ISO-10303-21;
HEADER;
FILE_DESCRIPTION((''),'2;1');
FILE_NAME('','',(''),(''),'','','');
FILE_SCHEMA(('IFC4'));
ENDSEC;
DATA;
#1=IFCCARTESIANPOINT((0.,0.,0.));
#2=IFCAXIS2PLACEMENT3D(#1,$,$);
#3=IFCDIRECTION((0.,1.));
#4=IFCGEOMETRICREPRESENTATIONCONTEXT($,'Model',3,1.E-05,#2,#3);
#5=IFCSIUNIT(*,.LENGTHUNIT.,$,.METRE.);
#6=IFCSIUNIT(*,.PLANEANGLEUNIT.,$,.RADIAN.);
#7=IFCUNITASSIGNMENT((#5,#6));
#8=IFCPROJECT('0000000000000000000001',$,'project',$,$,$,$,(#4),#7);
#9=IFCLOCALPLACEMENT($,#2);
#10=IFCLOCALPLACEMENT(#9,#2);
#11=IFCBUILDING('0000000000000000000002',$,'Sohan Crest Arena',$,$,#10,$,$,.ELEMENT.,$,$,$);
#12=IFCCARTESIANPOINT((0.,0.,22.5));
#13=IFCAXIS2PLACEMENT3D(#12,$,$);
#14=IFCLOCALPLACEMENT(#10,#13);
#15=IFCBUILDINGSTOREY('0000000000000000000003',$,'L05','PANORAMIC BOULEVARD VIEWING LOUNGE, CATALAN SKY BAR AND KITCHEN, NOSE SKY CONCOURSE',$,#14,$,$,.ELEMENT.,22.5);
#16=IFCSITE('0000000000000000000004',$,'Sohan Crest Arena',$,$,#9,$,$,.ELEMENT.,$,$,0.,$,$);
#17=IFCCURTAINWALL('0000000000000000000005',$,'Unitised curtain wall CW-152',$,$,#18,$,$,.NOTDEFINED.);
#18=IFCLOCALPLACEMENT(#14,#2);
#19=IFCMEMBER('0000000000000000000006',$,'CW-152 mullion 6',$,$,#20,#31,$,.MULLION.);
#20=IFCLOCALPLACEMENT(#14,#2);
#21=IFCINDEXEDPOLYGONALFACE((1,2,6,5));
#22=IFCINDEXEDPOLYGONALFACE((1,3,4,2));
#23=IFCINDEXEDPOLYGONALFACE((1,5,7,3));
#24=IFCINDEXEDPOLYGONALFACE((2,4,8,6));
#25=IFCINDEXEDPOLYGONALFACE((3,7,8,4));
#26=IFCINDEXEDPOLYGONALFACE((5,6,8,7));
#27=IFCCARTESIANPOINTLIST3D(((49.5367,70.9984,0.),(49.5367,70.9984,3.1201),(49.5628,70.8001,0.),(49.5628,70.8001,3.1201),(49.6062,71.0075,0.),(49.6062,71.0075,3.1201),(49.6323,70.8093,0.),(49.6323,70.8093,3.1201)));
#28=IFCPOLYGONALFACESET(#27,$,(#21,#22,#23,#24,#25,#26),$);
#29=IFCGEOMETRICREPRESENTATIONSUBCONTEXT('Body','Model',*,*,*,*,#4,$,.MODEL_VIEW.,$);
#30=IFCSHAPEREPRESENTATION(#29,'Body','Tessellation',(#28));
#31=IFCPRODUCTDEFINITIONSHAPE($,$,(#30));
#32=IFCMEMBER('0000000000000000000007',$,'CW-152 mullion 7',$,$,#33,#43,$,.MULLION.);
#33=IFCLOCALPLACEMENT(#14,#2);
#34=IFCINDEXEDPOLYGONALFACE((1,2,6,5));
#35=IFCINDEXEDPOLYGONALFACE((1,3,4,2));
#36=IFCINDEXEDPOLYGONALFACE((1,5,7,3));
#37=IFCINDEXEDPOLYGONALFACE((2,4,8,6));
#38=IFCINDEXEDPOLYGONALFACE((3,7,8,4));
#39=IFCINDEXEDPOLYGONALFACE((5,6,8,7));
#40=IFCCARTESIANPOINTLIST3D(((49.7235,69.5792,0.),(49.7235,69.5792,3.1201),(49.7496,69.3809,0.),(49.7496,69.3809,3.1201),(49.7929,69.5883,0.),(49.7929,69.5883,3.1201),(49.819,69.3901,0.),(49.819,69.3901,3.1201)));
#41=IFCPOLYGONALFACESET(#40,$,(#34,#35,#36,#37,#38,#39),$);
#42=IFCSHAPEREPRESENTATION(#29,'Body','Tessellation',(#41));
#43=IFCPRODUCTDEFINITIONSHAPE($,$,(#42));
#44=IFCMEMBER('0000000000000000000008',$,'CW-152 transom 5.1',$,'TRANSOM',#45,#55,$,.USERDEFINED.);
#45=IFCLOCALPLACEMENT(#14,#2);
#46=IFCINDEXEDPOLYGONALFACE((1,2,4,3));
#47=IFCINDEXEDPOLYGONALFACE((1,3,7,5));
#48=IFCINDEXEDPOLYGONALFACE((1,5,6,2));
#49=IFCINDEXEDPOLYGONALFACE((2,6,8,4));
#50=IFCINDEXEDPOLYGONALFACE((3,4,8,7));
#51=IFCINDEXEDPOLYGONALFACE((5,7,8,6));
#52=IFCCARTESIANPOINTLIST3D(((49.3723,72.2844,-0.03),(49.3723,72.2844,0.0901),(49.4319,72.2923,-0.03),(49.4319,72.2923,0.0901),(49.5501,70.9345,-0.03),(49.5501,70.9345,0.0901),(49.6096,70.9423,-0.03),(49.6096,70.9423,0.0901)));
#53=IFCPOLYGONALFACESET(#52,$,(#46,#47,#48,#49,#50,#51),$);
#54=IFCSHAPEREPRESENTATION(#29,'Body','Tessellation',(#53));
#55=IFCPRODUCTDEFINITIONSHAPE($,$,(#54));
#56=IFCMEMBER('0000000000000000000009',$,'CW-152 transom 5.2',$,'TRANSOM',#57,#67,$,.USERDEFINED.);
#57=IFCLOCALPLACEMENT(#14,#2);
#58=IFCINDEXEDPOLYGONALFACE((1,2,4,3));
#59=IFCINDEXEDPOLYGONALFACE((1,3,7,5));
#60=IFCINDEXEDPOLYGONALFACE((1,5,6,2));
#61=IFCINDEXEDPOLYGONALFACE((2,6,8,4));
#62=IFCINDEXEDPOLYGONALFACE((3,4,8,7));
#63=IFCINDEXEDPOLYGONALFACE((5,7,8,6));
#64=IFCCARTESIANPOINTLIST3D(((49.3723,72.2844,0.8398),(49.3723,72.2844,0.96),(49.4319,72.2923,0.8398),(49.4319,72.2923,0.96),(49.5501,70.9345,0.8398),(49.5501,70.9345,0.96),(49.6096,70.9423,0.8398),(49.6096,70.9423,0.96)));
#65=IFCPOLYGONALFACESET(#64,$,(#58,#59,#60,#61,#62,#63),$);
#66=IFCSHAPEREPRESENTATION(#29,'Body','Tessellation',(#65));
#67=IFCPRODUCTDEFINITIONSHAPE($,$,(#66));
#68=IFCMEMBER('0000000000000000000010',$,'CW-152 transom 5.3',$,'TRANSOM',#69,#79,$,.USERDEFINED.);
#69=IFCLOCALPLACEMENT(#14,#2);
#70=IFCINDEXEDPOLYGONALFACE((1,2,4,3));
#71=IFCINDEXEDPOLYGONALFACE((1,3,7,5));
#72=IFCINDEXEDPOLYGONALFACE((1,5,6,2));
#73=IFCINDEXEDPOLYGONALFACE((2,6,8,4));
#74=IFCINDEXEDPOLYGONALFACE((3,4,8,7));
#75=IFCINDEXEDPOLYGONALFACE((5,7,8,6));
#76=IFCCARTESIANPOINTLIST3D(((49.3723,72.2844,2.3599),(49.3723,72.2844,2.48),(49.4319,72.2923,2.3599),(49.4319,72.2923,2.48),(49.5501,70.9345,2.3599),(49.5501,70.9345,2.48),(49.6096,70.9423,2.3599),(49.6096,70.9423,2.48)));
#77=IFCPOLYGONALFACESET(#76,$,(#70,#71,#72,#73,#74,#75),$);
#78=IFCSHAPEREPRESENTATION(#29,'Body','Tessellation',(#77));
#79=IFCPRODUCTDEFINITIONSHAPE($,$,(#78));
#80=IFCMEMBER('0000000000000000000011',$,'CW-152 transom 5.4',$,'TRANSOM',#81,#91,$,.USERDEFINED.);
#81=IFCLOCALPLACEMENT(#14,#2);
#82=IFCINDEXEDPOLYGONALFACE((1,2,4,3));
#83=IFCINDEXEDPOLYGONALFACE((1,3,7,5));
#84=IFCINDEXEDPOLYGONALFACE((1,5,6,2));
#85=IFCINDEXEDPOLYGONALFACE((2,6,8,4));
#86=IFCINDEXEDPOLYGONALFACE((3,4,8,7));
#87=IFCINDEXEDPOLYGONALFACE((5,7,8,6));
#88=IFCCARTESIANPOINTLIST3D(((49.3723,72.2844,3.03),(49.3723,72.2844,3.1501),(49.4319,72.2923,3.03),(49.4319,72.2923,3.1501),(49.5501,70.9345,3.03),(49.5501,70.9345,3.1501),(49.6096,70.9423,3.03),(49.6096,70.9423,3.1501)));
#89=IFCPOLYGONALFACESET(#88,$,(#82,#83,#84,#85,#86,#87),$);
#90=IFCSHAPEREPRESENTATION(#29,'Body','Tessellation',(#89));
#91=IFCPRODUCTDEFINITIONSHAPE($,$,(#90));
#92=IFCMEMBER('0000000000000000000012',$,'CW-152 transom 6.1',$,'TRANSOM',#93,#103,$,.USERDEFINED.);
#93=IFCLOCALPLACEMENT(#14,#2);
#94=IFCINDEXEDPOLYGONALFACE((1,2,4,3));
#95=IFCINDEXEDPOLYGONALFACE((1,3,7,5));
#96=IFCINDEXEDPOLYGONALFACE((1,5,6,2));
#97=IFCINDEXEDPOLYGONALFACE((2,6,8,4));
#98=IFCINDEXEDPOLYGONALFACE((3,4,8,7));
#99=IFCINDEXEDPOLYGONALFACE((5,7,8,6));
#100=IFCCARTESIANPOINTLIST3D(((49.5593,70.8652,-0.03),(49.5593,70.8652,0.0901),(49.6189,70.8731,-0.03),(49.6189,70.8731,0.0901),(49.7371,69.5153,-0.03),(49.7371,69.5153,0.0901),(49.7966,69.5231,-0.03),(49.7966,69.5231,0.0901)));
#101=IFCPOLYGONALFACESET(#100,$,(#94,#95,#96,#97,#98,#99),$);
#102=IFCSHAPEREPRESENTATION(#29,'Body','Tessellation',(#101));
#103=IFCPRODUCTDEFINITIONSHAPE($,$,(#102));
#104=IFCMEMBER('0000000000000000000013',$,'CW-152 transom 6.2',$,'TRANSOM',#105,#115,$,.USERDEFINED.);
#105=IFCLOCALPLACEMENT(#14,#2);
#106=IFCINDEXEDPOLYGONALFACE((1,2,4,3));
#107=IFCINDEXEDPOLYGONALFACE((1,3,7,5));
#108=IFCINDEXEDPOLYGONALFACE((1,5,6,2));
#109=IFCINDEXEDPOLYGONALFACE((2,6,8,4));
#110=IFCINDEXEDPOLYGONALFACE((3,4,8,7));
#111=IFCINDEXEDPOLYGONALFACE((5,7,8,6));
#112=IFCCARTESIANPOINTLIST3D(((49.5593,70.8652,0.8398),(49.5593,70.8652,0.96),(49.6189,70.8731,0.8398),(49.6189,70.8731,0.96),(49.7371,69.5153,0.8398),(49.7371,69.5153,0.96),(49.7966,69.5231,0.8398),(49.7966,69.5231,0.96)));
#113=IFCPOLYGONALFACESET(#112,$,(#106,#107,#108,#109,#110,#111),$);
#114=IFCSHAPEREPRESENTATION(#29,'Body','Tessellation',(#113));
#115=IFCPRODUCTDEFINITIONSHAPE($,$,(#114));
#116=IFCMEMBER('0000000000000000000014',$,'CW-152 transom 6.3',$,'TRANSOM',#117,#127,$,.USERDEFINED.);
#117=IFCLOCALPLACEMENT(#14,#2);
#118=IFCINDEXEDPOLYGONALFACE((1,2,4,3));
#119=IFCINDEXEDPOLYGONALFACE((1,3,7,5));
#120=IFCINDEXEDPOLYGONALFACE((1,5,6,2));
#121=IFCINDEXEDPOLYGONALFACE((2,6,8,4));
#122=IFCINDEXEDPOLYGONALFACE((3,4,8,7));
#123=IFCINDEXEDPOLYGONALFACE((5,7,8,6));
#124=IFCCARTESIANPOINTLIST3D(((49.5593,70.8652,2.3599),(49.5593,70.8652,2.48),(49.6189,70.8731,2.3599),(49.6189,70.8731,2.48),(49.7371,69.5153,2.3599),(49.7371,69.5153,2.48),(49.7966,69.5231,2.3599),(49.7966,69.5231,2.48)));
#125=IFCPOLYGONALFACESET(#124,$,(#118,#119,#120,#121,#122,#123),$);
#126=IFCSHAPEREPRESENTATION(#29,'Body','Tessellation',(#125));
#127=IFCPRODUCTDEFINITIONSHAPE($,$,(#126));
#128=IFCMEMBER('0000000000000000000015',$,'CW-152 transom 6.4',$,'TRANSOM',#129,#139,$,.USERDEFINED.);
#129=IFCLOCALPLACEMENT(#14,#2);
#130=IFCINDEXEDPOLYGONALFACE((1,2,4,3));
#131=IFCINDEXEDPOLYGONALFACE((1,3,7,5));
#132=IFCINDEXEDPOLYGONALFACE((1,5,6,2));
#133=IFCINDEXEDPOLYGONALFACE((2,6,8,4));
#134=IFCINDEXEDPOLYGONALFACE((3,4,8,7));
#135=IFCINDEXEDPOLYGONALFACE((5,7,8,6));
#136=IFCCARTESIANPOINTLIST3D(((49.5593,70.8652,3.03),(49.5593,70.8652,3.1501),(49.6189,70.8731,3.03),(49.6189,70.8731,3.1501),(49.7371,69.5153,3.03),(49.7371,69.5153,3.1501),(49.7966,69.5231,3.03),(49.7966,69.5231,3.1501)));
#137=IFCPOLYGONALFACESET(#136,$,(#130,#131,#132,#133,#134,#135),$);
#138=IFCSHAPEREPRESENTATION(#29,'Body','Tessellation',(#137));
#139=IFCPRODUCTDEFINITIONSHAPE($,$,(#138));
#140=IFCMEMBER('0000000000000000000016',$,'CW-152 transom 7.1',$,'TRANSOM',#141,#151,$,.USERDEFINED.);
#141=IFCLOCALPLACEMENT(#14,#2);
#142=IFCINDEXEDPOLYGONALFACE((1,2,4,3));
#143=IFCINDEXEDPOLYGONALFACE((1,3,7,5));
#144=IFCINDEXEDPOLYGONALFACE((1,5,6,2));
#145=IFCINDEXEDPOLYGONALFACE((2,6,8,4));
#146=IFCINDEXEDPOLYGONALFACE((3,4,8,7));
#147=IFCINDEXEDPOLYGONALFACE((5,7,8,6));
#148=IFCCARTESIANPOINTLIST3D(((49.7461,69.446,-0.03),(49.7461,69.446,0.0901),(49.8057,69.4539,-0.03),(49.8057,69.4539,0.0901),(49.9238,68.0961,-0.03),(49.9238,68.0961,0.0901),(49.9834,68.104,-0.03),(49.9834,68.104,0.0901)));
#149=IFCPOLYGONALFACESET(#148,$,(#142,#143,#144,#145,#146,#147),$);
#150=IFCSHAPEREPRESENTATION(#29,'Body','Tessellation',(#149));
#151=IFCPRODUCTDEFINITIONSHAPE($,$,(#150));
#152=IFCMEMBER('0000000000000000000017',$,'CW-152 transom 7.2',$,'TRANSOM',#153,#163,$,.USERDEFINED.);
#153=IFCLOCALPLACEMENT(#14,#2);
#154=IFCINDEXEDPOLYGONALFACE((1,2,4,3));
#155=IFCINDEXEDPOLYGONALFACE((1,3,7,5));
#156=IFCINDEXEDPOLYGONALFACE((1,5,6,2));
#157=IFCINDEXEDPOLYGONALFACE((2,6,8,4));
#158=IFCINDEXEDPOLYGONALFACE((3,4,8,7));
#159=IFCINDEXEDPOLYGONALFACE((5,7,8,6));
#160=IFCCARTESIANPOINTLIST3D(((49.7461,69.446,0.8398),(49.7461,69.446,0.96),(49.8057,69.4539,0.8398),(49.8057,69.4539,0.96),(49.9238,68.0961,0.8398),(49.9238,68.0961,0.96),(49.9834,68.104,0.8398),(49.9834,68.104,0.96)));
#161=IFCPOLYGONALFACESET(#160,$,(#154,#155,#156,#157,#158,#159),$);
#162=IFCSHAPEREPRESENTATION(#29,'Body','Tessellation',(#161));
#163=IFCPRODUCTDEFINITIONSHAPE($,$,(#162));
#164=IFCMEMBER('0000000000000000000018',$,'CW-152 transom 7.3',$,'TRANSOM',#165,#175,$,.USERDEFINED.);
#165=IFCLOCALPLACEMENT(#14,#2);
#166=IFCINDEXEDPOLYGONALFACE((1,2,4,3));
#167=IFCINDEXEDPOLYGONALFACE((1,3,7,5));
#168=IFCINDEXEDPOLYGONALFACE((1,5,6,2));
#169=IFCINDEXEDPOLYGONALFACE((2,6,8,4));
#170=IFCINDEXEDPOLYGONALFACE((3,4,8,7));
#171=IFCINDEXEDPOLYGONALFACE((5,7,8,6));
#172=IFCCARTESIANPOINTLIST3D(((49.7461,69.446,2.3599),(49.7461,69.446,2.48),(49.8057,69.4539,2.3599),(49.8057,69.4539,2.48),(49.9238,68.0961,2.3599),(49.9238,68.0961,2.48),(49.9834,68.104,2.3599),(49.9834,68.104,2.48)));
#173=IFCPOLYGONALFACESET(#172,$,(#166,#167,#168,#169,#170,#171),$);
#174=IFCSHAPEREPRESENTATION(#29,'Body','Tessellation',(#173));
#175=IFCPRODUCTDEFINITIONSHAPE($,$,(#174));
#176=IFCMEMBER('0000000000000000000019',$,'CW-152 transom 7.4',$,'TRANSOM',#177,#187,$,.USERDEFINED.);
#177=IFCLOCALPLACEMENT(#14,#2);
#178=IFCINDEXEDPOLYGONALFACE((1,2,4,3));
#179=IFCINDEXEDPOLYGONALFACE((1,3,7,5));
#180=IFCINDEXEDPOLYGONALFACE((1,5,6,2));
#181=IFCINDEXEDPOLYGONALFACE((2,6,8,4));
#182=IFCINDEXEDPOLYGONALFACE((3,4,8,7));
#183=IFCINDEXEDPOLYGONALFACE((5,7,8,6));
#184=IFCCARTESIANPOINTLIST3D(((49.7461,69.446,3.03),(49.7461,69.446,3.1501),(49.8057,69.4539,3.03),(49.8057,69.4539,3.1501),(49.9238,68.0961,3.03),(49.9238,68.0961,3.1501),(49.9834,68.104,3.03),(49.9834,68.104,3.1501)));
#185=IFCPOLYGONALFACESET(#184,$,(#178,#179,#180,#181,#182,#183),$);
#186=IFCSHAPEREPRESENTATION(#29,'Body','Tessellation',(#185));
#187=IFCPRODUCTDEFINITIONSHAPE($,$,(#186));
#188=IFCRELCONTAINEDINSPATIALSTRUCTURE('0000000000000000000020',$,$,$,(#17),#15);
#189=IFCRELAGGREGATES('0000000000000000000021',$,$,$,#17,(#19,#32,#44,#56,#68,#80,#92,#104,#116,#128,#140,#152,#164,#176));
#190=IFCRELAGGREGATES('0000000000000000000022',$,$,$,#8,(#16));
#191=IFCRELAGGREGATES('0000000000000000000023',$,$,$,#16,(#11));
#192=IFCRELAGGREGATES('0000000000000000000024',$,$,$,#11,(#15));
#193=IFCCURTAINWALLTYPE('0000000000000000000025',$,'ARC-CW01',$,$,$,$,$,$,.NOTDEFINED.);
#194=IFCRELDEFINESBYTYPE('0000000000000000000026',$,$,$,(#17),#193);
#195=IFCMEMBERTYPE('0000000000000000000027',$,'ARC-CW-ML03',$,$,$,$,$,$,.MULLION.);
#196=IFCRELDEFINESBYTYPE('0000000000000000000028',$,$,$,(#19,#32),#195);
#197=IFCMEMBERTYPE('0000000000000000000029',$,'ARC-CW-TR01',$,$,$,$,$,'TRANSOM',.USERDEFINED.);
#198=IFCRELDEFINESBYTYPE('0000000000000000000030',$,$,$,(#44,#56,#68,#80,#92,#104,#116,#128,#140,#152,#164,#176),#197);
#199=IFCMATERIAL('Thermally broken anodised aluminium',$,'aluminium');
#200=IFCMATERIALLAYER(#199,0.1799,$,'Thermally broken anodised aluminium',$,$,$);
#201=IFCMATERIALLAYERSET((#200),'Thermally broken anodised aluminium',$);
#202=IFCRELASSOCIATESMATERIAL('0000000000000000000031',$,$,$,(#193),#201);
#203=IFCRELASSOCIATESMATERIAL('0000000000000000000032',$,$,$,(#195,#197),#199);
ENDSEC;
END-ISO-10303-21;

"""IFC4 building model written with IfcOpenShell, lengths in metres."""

from ifc_helpers import new_model, si_unit, direction, frame, origin, origin_2d, place, context, subcontext, project, spatial, rectangle, extrude, material, layer, layer_set, material_profile, profile_set, type_object, element, aggregate, save


model = new_model("IFC4")

# Units and contexts
model_context = context("Model", 3, precision=1e-05, world=origin(), true_north=direction((0.0, 1.0)))
body_context = subcontext(model_context, "Body", "Model", "MODEL_VIEW")
ifc_project = project(units=[si_unit("LENGTHUNIT", "METRE"), si_unit("PLANEANGLEUNIT", "RADIAN")], contexts=[model_context])

# Site, building, storey
site_placement = place(None, origin())
site = spatial("IfcSite", under=ifc_project, at=site_placement, Name="Sohan Crest Arena", CompositionType="ELEMENT", RefElevation=0.0)
building_placement = place(site_placement, origin())
building = spatial("IfcBuilding", under=site, at=building_placement, Name="Sohan Crest Arena", CompositionType="ELEMENT")
storey_placement = place(building_placement, frame((0.0, 0.0, 22.5)))
storey = spatial("IfcBuildingStorey", under=building, at=storey_placement, Name="L05", Description="PANORAMIC BOULEVARD VIEWING LOUNGE, CATALAN SKY BAR AND KITCHEN, NOSE SKY CONCOURSE", CompositionType="ELEMENT", Elevation=22.5)

# Curtain wall, members
ifc_material_1 = material(Name="Thermally broken anodised aluminium", Category="aluminium")
ifc_layer_1 = layer(ifc_material_1, 0.1799, Name="Thermally broken anodised aluminium")
ifc_layer_set_1 = layer_set([ifc_layer_1], Name="Thermally broken anodised aluminium")
curtain_wall_type = type_object("IfcCurtainWallType", Name="ARC-CW01", PredefinedType="NOTDEFINED", material=ifc_layer_set_1)
curtain_wall_placement = place(storey_placement, origin())
curtain_wall = element("IfcCurtainWall", 1, at=curtain_wall_placement, inside=storey, type_object=curtain_wall_type, Name="Unitised curtain wall CW-152", PredefinedType="NOTDEFINED")
ifc_material_profile_1 = material_profile(ifc_material_1, rectangle(XDim=0.0701, YDim=0.2, at=origin_2d()), Name="ALU-MULL 70x200")
ifc_profile_set_1 = profile_set([ifc_material_profile_1], Name="Thermally broken anodised aluminium")
member_type_1 = type_object("IfcMemberType", Name="ARC-CW-ML03", PredefinedType="MULLION", material=ifc_profile_set_1)
member_1_placement = place(storey_placement, frame((49.5845, 70.9038, 0.0), z_axis=(0.0, 0.0, 1.0), x_axis=(0.991441, 0.130557, 0.0)))
member_1 = element("IfcMember", 2, at=member_1_placement, type_object=member_type_1, Name="CW-152 mullion 6", PredefinedType="MULLION", context=body_context, shape_type="SweptSolid", body=[
    extrude(rectangle(XDim=0.0701, YDim=0.2, at=origin_2d()), origin(), (0.0, 0.0, 1.0), 3.1201),
])
member_2_placement = place(storey_placement, frame((49.7712, 69.4846, 0.0), z_axis=(0.0, 0.0, 1.0), x_axis=(0.991441, 0.130557, 0.0)))
member_2 = element("IfcMember", 3, at=member_2_placement, type_object=member_type_1, Name="CW-152 mullion 7", PredefinedType="MULLION", context=body_context, shape_type="SweptSolid", body=[
    extrude(rectangle(XDim=0.0701, YDim=0.2, at=origin_2d()), origin(), (0.0, 0.0, 1.0), 3.1201),
])
ifc_material_profile_2 = material_profile(ifc_material_1, rectangle(XDim=0.0601, YDim=0.1201, at=origin_2d()), Name="ALU-TRAN 60x120")
ifc_profile_set_2 = profile_set([ifc_material_profile_2], Name="Thermally broken anodised aluminium")
member_type_2 = type_object("IfcMemberType", Name="ARC-CW-TR01", ElementType="TRANSOM", PredefinedType="USERDEFINED", material=ifc_profile_set_2)
member_3_placement = place(storey_placement, frame((49.4021, 72.2883, 0.03), z_axis=(0.130543, -0.991443, 0.0), x_axis=(0.991443, 0.130543, 0.0)))
member_3 = element("IfcMember", 4, at=member_3_placement, type_object=member_type_2, Name="CW-152 transom 5.1", ObjectType="TRANSOM", PredefinedType="USERDEFINED", context=body_context, shape_type="SweptSolid", body=[
    extrude(rectangle(XDim=0.0601, YDim=0.1201, at=origin_2d()), origin(), (0.0, 0.0, 1.0), 1.3616),
])
member_4_placement = place(storey_placement, frame((49.4021, 72.2883, 0.8999), z_axis=(0.130543, -0.991443, 0.0), x_axis=(0.991443, 0.130543, 0.0)))
member_4 = element("IfcMember", 5, at=member_4_placement, type_object=member_type_2, Name="CW-152 transom 5.2", ObjectType="TRANSOM", PredefinedType="USERDEFINED", context=body_context, shape_type="SweptSolid", body=[
    extrude(rectangle(XDim=0.0601, YDim=0.1201, at=origin_2d()), origin(), (0.0, 0.0, 1.0), 1.3616),
])
member_5_placement = place(storey_placement, frame((49.4021, 72.2883, 2.4199), z_axis=(0.130543, -0.991443, 0.0), x_axis=(0.991443, 0.130543, 0.0)))
member_5 = element("IfcMember", 6, at=member_5_placement, type_object=member_type_2, Name="CW-152 transom 5.3", ObjectType="TRANSOM", PredefinedType="USERDEFINED", context=body_context, shape_type="SweptSolid", body=[
    extrude(rectangle(XDim=0.0601, YDim=0.1201, at=origin_2d()), origin(), (0.0, 0.0, 1.0), 1.3616),
])
member_6_placement = place(storey_placement, frame((49.4021, 72.2883, 3.0901), z_axis=(0.130543, -0.991443, 0.0), x_axis=(0.991443, 0.130543, 0.0)))
member_6 = element("IfcMember", 7, at=member_6_placement, type_object=member_type_2, Name="CW-152 transom 5.4", ObjectType="TRANSOM", PredefinedType="USERDEFINED", context=body_context, shape_type="SweptSolid", body=[
    extrude(rectangle(XDim=0.0601, YDim=0.1201, at=origin_2d()), origin(), (0.0, 0.0, 1.0), 1.3616),
])
member_7_placement = place(storey_placement, frame((49.5891, 70.8691, 0.03), z_axis=(0.130543, -0.991443, 0.0), x_axis=(0.991443, 0.130543, 0.0)))
member_7 = element("IfcMember", 8, at=member_7_placement, type_object=member_type_2, Name="CW-152 transom 6.1", ObjectType="TRANSOM", PredefinedType="USERDEFINED", context=body_context, shape_type="SweptSolid", body=[
    extrude(rectangle(XDim=0.0601, YDim=0.1201, at=origin_2d()), origin(), (0.0, 0.0, 1.0), 1.3616),
])
member_8_placement = place(storey_placement, frame((49.5891, 70.8691, 0.8999), z_axis=(0.130543, -0.991443, 0.0), x_axis=(0.991443, 0.130543, 0.0)))
member_8 = element("IfcMember", 9, at=member_8_placement, type_object=member_type_2, Name="CW-152 transom 6.2", ObjectType="TRANSOM", PredefinedType="USERDEFINED", context=body_context, shape_type="SweptSolid", body=[
    extrude(rectangle(XDim=0.0601, YDim=0.1201, at=origin_2d()), origin(), (0.0, 0.0, 1.0), 1.3616),
])
member_9_placement = place(storey_placement, frame((49.5891, 70.8691, 2.4199), z_axis=(0.130543, -0.991443, 0.0), x_axis=(0.991443, 0.130543, 0.0)))
member_9 = element("IfcMember", 10, at=member_9_placement, type_object=member_type_2, Name="CW-152 transom 6.3", ObjectType="TRANSOM", PredefinedType="USERDEFINED", context=body_context, shape_type="SweptSolid", body=[
    extrude(rectangle(XDim=0.0601, YDim=0.1201, at=origin_2d()), origin(), (0.0, 0.0, 1.0), 1.3616),
])
member_10_placement = place(storey_placement, frame((49.5891, 70.8691, 3.0901), z_axis=(0.130543, -0.991443, 0.0), x_axis=(0.991443, 0.130543, 0.0)))
member_10 = element("IfcMember", 11, at=member_10_placement, type_object=member_type_2, Name="CW-152 transom 6.4", ObjectType="TRANSOM", PredefinedType="USERDEFINED", context=body_context, shape_type="SweptSolid", body=[
    extrude(rectangle(XDim=0.0601, YDim=0.1201, at=origin_2d()), origin(), (0.0, 0.0, 1.0), 1.3616),
])
member_11_placement = place(storey_placement, frame((49.7759, 69.45, 0.03), z_axis=(0.130543, -0.991443, 0.0), x_axis=(0.991443, 0.130543, 0.0)))
member_11 = element("IfcMember", 12, at=member_11_placement, type_object=member_type_2, Name="CW-152 transom 7.1", ObjectType="TRANSOM", PredefinedType="USERDEFINED", context=body_context, shape_type="SweptSolid", body=[
    extrude(rectangle(XDim=0.0601, YDim=0.1201, at=origin_2d()), origin(), (0.0, 0.0, 1.0), 1.3616),
])
member_12_placement = place(storey_placement, frame((49.7759, 69.45, 0.8999), z_axis=(0.130543, -0.991443, 0.0), x_axis=(0.991443, 0.130543, 0.0)))
member_12 = element("IfcMember", 13, at=member_12_placement, type_object=member_type_2, Name="CW-152 transom 7.2", ObjectType="TRANSOM", PredefinedType="USERDEFINED", context=body_context, shape_type="SweptSolid", body=[
    extrude(rectangle(XDim=0.0601, YDim=0.1201, at=origin_2d()), origin(), (0.0, 0.0, 1.0), 1.3616),
])
member_13_placement = place(storey_placement, frame((49.7759, 69.45, 2.4199), z_axis=(0.130543, -0.991443, 0.0), x_axis=(0.991443, 0.130543, 0.0)))
member_13 = element("IfcMember", 14, at=member_13_placement, type_object=member_type_2, Name="CW-152 transom 7.3", ObjectType="TRANSOM", PredefinedType="USERDEFINED", context=body_context, shape_type="SweptSolid", body=[
    extrude(rectangle(XDim=0.0601, YDim=0.1201, at=origin_2d()), origin(), (0.0, 0.0, 1.0), 1.3616),
])
member_14_placement = place(storey_placement, frame((49.7759, 69.45, 3.0901), z_axis=(0.130543, -0.991443, 0.0), x_axis=(0.991443, 0.130543, 0.0)))
member_14 = element("IfcMember", 15, at=member_14_placement, type_object=member_type_2, Name="CW-152 transom 7.4", ObjectType="TRANSOM", PredefinedType="USERDEFINED", context=body_context, shape_type="SweptSolid", body=[
    extrude(rectangle(XDim=0.0601, YDim=0.1201, at=origin_2d()), origin(), (0.0, 0.0, 1.0), 1.3616),
])
aggregate(curtain_wall, [member_1, member_2, member_3, member_4, member_5, member_6, member_7, member_8, member_9, member_10, member_11, member_12, member_13, member_14])

save(model, "model.ifc")
